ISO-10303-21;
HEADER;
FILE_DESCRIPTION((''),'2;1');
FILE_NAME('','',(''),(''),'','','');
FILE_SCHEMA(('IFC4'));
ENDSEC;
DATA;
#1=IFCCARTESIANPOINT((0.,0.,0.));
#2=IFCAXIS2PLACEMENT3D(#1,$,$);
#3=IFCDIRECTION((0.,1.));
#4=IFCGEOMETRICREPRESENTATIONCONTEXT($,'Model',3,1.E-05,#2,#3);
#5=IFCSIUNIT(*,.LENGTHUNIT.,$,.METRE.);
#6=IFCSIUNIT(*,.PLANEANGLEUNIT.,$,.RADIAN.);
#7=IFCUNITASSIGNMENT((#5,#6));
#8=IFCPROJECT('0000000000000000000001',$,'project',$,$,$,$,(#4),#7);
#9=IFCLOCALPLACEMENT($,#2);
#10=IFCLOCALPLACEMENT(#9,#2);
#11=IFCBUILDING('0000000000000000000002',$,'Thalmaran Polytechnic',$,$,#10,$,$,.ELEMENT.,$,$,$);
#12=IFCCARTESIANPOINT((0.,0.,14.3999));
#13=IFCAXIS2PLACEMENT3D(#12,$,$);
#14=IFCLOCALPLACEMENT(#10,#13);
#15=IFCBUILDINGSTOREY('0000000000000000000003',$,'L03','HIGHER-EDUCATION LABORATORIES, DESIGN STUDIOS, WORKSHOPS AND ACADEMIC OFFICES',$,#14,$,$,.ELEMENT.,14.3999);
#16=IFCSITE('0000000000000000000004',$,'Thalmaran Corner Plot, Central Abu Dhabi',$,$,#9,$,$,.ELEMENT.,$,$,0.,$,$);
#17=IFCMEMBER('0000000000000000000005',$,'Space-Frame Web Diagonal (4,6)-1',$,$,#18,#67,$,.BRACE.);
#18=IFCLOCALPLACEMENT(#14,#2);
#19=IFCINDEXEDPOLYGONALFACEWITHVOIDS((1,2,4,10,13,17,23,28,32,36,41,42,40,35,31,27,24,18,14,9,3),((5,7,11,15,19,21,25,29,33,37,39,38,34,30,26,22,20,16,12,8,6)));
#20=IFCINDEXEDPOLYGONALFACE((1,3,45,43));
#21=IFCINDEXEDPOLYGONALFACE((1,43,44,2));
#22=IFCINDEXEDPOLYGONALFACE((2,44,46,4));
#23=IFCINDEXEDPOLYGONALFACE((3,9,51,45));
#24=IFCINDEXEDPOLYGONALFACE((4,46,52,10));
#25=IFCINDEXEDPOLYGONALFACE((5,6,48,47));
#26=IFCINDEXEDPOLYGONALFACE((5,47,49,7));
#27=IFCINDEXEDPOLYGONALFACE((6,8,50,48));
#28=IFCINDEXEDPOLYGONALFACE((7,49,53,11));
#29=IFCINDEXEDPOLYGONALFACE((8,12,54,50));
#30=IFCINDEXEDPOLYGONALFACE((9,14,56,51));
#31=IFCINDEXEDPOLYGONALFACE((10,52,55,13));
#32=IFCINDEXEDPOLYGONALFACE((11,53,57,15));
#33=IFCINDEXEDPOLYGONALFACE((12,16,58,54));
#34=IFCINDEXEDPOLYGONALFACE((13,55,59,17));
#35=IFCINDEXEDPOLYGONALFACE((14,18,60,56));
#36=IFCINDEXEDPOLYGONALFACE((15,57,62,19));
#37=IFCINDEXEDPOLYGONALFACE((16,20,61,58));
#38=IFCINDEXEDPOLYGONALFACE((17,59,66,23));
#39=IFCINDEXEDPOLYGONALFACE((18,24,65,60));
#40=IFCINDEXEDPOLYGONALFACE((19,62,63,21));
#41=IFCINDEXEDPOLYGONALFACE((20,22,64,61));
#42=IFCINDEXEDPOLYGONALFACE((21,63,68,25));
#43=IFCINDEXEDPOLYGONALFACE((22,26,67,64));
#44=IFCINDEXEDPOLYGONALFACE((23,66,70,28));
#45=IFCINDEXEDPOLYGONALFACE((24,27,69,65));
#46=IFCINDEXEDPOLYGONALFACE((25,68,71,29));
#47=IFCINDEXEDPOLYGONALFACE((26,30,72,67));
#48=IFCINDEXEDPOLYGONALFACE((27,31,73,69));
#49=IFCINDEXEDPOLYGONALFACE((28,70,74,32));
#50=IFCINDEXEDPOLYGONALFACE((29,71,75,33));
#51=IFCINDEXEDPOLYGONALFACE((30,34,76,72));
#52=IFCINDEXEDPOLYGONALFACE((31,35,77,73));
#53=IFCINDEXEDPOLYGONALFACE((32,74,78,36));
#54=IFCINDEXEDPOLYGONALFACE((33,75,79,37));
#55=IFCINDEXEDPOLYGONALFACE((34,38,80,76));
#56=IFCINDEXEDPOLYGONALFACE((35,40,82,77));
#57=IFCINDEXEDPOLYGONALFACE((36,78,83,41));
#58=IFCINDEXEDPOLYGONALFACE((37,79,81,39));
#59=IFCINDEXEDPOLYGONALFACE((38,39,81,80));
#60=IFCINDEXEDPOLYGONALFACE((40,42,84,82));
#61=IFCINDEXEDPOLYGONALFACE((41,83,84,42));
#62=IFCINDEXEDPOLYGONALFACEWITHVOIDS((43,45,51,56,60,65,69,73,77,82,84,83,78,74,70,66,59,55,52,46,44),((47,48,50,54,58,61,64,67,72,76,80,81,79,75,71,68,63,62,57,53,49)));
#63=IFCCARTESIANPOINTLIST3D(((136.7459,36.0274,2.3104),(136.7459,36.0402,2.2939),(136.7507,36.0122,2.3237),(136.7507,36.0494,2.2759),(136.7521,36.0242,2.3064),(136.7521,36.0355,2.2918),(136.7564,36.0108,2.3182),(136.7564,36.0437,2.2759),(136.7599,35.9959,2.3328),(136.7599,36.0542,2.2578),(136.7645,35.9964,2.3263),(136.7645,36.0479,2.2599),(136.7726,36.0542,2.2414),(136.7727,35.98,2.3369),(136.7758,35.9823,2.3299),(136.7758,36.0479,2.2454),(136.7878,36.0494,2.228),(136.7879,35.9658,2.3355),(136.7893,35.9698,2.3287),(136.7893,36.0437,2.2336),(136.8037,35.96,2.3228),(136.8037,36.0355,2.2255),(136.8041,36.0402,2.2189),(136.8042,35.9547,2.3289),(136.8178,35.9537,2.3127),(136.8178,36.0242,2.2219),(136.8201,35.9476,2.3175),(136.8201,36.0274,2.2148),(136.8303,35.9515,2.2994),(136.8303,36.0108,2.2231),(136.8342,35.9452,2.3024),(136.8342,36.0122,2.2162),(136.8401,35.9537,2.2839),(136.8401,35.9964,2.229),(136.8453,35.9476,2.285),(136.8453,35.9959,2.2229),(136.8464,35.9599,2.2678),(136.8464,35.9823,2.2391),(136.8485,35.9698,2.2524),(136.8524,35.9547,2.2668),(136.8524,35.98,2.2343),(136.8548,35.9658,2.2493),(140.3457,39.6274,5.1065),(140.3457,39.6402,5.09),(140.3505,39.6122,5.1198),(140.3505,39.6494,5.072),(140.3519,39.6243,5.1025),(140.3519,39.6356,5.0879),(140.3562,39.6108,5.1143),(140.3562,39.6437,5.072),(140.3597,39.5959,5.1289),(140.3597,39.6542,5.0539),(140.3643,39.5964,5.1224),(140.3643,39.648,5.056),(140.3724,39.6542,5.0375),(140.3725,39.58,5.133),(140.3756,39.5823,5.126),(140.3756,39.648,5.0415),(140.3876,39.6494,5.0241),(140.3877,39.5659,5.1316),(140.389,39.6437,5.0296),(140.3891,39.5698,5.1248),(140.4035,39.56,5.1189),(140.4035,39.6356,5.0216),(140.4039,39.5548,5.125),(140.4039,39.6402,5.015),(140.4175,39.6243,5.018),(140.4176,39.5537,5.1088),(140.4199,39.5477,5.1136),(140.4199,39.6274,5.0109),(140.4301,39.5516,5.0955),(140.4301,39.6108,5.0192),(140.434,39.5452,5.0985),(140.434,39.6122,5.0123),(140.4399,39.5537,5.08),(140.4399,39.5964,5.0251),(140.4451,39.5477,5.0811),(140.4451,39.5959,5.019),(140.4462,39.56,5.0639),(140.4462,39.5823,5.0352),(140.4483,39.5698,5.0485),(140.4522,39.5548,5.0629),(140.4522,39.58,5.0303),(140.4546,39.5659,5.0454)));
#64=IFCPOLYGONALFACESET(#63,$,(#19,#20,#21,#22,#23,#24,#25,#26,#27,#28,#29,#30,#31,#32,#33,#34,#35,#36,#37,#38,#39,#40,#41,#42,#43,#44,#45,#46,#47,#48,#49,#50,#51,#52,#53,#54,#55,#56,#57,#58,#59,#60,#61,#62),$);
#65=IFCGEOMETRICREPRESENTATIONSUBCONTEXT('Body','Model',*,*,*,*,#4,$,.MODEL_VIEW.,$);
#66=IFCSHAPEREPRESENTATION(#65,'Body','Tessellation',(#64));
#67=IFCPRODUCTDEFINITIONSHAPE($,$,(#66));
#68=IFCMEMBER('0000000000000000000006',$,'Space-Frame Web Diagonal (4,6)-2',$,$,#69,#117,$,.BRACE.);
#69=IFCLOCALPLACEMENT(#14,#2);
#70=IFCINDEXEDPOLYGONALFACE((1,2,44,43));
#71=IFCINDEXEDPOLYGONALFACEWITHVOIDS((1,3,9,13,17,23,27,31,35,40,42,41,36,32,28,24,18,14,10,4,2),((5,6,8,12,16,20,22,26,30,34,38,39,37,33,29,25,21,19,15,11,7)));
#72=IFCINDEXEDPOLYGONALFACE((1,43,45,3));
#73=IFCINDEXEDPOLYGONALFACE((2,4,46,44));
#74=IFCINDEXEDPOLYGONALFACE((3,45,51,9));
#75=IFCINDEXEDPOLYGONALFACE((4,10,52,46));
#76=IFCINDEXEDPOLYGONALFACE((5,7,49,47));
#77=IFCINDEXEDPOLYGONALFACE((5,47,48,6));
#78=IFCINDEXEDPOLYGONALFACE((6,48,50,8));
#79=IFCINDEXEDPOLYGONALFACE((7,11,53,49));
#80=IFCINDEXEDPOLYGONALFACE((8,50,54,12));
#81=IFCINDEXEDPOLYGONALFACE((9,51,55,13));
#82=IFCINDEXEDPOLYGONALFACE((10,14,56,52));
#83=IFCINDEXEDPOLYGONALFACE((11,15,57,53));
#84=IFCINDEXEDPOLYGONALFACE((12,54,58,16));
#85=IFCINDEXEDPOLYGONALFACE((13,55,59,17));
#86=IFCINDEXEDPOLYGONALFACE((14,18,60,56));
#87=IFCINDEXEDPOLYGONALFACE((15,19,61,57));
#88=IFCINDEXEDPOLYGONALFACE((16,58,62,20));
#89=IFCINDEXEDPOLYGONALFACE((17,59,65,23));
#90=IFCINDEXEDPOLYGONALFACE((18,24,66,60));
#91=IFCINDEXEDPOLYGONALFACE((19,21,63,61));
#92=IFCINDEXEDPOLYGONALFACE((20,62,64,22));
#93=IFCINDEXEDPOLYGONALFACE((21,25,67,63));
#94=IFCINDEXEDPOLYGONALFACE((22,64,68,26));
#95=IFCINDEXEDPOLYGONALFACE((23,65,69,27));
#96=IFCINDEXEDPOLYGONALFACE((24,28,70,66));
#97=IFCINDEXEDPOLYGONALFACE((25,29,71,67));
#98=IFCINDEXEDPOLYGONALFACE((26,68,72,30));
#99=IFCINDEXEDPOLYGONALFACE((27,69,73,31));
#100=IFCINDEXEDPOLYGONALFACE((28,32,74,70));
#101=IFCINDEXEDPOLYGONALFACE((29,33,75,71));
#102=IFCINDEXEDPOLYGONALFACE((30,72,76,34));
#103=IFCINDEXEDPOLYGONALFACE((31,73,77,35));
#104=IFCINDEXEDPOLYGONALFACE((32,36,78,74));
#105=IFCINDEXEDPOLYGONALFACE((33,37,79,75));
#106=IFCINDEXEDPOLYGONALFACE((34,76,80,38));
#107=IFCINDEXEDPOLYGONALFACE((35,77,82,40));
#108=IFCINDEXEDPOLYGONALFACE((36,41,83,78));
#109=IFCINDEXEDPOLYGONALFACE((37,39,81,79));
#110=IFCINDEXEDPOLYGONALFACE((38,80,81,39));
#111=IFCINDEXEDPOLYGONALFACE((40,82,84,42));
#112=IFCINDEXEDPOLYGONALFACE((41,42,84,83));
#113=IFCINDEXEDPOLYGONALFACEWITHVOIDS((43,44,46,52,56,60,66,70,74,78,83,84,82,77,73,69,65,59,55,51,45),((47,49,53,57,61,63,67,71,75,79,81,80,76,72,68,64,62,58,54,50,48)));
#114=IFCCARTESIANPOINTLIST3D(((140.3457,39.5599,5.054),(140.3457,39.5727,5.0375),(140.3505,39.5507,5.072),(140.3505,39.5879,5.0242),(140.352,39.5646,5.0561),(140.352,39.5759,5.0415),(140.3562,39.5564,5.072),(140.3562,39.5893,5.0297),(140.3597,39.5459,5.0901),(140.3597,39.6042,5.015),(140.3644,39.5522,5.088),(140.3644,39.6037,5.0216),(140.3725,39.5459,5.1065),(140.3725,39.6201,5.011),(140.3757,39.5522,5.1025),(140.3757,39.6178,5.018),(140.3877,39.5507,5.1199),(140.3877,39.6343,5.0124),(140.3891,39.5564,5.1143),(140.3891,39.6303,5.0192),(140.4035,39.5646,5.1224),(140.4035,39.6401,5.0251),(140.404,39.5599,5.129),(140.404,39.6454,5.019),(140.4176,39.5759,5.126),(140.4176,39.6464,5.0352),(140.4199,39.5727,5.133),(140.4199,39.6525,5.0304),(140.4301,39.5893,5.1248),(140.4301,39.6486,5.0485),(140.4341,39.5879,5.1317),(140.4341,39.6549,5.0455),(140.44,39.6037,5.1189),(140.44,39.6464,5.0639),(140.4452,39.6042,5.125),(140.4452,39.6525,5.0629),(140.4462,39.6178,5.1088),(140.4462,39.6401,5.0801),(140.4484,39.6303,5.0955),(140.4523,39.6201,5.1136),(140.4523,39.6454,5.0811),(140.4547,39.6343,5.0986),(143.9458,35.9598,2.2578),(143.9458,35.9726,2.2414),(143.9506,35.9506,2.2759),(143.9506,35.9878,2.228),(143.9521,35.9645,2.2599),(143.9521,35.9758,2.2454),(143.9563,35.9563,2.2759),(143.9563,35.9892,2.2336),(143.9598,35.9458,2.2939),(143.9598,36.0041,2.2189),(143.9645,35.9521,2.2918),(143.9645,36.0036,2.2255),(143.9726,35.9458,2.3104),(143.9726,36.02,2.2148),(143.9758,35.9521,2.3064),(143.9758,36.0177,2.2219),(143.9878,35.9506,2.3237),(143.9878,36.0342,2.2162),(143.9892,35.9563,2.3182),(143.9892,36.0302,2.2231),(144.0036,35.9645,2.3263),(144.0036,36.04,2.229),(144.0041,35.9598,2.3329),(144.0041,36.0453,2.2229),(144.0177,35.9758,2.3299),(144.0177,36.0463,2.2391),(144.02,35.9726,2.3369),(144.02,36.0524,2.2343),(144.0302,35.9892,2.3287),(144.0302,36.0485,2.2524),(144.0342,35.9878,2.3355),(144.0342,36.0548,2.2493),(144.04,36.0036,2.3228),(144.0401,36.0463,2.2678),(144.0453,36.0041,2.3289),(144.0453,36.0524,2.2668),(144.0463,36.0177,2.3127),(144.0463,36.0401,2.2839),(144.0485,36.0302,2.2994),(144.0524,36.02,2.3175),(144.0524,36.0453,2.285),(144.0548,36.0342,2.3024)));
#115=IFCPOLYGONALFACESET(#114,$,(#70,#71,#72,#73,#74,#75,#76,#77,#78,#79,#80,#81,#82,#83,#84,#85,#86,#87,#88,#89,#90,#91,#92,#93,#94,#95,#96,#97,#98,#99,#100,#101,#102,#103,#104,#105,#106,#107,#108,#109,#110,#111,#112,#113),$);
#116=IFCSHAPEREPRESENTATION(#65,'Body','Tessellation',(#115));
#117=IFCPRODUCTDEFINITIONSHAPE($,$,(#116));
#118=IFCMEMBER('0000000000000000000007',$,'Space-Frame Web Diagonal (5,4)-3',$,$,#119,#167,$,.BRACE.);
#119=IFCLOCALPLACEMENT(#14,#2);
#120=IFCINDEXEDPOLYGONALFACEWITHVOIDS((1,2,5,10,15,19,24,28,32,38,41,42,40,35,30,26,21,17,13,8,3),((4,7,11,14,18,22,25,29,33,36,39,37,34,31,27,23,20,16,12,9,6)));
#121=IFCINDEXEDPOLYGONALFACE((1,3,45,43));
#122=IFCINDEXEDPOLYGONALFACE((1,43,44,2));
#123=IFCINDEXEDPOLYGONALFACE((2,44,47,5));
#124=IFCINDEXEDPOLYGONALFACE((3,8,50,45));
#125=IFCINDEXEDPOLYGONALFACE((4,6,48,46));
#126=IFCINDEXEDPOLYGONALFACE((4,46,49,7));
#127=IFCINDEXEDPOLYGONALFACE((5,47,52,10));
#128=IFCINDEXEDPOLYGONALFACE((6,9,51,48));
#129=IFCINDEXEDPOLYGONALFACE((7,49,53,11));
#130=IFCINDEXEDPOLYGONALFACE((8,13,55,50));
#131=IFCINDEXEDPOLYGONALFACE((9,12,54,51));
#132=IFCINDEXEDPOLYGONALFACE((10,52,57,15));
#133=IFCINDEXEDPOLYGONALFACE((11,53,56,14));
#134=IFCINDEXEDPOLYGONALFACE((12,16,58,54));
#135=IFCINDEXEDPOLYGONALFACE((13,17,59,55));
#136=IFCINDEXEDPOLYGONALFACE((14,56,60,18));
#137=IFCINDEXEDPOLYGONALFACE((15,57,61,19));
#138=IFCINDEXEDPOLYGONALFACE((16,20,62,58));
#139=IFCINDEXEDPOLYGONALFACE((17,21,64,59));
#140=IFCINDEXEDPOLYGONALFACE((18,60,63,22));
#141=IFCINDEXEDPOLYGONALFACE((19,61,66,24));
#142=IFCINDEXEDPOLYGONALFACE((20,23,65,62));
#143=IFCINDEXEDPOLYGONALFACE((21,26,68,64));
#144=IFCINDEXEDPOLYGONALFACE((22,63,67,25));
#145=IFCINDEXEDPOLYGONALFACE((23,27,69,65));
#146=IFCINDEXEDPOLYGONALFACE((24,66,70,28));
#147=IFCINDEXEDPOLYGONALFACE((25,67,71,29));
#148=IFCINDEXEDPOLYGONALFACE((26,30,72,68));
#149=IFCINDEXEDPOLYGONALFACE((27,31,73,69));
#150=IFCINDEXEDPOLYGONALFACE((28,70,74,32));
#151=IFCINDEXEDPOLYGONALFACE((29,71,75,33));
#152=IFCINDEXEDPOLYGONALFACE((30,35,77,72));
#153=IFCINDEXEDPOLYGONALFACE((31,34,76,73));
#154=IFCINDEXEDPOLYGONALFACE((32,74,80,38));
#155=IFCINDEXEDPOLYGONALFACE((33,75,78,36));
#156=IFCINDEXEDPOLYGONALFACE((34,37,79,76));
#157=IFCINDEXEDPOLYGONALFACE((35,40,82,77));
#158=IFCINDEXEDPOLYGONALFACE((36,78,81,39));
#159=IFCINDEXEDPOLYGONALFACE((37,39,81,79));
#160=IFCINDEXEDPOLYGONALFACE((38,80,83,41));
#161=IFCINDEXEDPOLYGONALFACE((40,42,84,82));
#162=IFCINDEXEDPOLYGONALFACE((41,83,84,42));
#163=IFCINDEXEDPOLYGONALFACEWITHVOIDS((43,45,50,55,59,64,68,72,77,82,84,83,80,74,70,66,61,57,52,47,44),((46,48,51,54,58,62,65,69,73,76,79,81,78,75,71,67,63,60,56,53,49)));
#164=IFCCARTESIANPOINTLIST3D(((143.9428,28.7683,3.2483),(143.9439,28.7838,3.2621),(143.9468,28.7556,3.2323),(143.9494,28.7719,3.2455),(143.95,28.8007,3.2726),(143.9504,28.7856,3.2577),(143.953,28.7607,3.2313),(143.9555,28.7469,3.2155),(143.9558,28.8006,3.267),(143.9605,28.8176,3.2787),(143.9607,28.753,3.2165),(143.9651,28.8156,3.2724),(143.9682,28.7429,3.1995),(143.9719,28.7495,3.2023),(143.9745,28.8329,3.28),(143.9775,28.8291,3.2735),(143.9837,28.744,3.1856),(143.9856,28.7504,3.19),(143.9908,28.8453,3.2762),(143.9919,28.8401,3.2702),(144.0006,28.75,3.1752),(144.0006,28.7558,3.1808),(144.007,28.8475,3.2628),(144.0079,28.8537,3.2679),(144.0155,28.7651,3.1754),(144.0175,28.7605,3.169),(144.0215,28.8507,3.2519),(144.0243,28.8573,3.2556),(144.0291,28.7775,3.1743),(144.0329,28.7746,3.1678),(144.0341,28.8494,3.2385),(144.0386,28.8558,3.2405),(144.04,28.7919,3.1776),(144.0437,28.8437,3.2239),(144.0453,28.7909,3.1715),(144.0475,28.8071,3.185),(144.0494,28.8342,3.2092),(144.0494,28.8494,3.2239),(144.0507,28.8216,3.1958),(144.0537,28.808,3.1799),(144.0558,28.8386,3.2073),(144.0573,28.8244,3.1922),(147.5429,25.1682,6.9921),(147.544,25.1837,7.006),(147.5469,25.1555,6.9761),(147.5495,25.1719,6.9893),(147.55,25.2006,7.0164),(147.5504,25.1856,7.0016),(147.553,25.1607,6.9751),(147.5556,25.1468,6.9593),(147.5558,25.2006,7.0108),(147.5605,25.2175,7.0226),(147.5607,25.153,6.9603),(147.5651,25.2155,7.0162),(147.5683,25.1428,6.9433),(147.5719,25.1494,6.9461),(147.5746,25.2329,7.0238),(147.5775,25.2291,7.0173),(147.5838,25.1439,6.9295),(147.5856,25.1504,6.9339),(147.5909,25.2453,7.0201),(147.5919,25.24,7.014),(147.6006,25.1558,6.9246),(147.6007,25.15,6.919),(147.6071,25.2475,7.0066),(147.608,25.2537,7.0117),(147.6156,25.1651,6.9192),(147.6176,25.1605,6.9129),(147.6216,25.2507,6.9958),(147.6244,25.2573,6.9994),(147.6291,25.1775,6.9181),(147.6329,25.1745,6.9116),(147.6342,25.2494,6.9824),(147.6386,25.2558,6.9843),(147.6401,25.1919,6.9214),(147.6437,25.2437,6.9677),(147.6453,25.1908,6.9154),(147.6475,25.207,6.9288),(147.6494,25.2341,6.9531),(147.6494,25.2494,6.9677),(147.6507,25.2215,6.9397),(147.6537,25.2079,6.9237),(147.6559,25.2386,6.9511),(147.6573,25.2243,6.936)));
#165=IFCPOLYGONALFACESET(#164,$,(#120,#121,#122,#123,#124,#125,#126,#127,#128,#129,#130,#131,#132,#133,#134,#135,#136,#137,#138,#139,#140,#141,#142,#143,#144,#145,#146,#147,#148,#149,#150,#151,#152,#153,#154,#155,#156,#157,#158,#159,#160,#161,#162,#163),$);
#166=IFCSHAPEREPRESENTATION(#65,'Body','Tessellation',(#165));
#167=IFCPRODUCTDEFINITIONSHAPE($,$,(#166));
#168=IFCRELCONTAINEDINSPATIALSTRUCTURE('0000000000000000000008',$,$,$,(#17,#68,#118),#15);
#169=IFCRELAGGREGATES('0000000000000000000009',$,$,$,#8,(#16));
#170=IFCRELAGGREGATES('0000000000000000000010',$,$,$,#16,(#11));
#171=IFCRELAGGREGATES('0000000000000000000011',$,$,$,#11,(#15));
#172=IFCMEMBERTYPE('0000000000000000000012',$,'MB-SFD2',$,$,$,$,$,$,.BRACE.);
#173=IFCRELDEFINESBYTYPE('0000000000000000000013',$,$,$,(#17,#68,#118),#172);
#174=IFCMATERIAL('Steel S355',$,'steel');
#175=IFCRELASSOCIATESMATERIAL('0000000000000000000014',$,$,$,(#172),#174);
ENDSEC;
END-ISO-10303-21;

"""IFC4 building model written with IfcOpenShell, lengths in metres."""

from ifc_helpers import new_model, si_unit, direction, frame, origin, origin_2d, place, context, subcontext, project, spatial, hollow_circle, extrude, material, material_profile, profile_set, type_object, element, save


model = new_model("IFC4")

# Units and contexts
model_context = context("Model", 3, precision=1e-05, world=origin(), true_north=direction((0.0, 1.0)))
body_context = subcontext(model_context, "Body", "Model", "MODEL_VIEW")
ifc_project = project(units=[si_unit("LENGTHUNIT", "METRE"), si_unit("PLANEANGLEUNIT", "RADIAN")], contexts=[model_context])

# Site, building, storey
site_placement = place(None, origin())
site = spatial("IfcSite", under=ifc_project, at=site_placement, Name="Thalmaran Corner Plot, Central Abu Dhabi", CompositionType="ELEMENT", RefElevation=0.0)
building_placement = place(site_placement, origin())
building = spatial("IfcBuilding", under=site, at=building_placement, Name="Thalmaran Polytechnic", CompositionType="ELEMENT")
storey_placement = place(building_placement, frame((0.0, 0.0, 14.3999)))
storey = spatial("IfcBuildingStorey", under=building, at=storey_placement, Name="L03", Description="HIGHER-EDUCATION LABORATORIES, DESIGN STUDIOS, WORKSHOPS AND ACADEMIC OFFICES", CompositionType="ELEMENT", Elevation=14.3999)

# Members
ifc_material = material(Name="Steel S355", Category="steel")
ifc_material_profile_1 = material_profile(ifc_material, hollow_circle(Radius=0.0698, WallThickness=0.0081, at=origin_2d()), Name="CHS 139.7x8.0")
ifc_profile_set_1 = profile_set([ifc_material_profile_1], Name="Steel S355")
member_type_1 = type_object("IfcMemberType", Name="MB-SFD2", PredefinedType="BRACE", material=ifc_profile_set_1)
member_1_placement = place(storey_placement, frame((136.8, 36.0, 2.2759), z_axis=(0.619762, 0.619804, 0.481392), x_axis=(-0.707131, 0.707083, 0.0)))
element("IfcMember", 1, at=member_1_placement, inside=storey, type_object=member_type_1, Name="Space-Frame Web Diagonal (4,6)-1", PredefinedType="BRACE", context=body_context, shape_type="SweptSolid", body=[
    extrude(hollow_circle(Radius=0.0698, WallThickness=0.0081, at=origin_2d()), origin(), (0.0, 0.0, 1.0), 5.8083),
])
member_2_placement = place(storey_placement, frame((144.0, 36.0, 2.2759), z_axis=(-0.619788, 0.619788, 0.48138), x_axis=(-0.707107, -0.707107, 0.0)))
element("IfcMember", 2, at=member_2_placement, inside=storey, type_object=member_type_1, Name="Space-Frame Web Diagonal (4,6)-2", PredefinedType="BRACE", context=body_context, shape_type="SweptSolid", body=[
    extrude(hollow_circle(Radius=0.0698, WallThickness=0.0081, at=origin_2d()), origin(), (0.0, 0.0, 1.0), 5.8086),
])
for number, where, z_axis, x_axis, name in (
    (3, (144.0, 28.8, 3.2239), (0.569666, -0.569666, 0.59242), (0.707107, 0.707107, 0.0), "Space-Frame Web Diagonal (5,4)-3"),
):
    element("IfcMember", number, at=place(storey_placement, frame(where, z_axis=z_axis, x_axis=x_axis)), inside=storey, type_object=member_type_1, Name=name, PredefinedType="BRACE", context=body_context, shape_type="SweptSolid", body=[
        extrude(hollow_circle(Radius=0.0698, WallThickness=0.0081, at=origin_2d()), origin(), (0.0, 0.0, 1.0), 6.3196),
    ])

save(model, "model.ifc")
